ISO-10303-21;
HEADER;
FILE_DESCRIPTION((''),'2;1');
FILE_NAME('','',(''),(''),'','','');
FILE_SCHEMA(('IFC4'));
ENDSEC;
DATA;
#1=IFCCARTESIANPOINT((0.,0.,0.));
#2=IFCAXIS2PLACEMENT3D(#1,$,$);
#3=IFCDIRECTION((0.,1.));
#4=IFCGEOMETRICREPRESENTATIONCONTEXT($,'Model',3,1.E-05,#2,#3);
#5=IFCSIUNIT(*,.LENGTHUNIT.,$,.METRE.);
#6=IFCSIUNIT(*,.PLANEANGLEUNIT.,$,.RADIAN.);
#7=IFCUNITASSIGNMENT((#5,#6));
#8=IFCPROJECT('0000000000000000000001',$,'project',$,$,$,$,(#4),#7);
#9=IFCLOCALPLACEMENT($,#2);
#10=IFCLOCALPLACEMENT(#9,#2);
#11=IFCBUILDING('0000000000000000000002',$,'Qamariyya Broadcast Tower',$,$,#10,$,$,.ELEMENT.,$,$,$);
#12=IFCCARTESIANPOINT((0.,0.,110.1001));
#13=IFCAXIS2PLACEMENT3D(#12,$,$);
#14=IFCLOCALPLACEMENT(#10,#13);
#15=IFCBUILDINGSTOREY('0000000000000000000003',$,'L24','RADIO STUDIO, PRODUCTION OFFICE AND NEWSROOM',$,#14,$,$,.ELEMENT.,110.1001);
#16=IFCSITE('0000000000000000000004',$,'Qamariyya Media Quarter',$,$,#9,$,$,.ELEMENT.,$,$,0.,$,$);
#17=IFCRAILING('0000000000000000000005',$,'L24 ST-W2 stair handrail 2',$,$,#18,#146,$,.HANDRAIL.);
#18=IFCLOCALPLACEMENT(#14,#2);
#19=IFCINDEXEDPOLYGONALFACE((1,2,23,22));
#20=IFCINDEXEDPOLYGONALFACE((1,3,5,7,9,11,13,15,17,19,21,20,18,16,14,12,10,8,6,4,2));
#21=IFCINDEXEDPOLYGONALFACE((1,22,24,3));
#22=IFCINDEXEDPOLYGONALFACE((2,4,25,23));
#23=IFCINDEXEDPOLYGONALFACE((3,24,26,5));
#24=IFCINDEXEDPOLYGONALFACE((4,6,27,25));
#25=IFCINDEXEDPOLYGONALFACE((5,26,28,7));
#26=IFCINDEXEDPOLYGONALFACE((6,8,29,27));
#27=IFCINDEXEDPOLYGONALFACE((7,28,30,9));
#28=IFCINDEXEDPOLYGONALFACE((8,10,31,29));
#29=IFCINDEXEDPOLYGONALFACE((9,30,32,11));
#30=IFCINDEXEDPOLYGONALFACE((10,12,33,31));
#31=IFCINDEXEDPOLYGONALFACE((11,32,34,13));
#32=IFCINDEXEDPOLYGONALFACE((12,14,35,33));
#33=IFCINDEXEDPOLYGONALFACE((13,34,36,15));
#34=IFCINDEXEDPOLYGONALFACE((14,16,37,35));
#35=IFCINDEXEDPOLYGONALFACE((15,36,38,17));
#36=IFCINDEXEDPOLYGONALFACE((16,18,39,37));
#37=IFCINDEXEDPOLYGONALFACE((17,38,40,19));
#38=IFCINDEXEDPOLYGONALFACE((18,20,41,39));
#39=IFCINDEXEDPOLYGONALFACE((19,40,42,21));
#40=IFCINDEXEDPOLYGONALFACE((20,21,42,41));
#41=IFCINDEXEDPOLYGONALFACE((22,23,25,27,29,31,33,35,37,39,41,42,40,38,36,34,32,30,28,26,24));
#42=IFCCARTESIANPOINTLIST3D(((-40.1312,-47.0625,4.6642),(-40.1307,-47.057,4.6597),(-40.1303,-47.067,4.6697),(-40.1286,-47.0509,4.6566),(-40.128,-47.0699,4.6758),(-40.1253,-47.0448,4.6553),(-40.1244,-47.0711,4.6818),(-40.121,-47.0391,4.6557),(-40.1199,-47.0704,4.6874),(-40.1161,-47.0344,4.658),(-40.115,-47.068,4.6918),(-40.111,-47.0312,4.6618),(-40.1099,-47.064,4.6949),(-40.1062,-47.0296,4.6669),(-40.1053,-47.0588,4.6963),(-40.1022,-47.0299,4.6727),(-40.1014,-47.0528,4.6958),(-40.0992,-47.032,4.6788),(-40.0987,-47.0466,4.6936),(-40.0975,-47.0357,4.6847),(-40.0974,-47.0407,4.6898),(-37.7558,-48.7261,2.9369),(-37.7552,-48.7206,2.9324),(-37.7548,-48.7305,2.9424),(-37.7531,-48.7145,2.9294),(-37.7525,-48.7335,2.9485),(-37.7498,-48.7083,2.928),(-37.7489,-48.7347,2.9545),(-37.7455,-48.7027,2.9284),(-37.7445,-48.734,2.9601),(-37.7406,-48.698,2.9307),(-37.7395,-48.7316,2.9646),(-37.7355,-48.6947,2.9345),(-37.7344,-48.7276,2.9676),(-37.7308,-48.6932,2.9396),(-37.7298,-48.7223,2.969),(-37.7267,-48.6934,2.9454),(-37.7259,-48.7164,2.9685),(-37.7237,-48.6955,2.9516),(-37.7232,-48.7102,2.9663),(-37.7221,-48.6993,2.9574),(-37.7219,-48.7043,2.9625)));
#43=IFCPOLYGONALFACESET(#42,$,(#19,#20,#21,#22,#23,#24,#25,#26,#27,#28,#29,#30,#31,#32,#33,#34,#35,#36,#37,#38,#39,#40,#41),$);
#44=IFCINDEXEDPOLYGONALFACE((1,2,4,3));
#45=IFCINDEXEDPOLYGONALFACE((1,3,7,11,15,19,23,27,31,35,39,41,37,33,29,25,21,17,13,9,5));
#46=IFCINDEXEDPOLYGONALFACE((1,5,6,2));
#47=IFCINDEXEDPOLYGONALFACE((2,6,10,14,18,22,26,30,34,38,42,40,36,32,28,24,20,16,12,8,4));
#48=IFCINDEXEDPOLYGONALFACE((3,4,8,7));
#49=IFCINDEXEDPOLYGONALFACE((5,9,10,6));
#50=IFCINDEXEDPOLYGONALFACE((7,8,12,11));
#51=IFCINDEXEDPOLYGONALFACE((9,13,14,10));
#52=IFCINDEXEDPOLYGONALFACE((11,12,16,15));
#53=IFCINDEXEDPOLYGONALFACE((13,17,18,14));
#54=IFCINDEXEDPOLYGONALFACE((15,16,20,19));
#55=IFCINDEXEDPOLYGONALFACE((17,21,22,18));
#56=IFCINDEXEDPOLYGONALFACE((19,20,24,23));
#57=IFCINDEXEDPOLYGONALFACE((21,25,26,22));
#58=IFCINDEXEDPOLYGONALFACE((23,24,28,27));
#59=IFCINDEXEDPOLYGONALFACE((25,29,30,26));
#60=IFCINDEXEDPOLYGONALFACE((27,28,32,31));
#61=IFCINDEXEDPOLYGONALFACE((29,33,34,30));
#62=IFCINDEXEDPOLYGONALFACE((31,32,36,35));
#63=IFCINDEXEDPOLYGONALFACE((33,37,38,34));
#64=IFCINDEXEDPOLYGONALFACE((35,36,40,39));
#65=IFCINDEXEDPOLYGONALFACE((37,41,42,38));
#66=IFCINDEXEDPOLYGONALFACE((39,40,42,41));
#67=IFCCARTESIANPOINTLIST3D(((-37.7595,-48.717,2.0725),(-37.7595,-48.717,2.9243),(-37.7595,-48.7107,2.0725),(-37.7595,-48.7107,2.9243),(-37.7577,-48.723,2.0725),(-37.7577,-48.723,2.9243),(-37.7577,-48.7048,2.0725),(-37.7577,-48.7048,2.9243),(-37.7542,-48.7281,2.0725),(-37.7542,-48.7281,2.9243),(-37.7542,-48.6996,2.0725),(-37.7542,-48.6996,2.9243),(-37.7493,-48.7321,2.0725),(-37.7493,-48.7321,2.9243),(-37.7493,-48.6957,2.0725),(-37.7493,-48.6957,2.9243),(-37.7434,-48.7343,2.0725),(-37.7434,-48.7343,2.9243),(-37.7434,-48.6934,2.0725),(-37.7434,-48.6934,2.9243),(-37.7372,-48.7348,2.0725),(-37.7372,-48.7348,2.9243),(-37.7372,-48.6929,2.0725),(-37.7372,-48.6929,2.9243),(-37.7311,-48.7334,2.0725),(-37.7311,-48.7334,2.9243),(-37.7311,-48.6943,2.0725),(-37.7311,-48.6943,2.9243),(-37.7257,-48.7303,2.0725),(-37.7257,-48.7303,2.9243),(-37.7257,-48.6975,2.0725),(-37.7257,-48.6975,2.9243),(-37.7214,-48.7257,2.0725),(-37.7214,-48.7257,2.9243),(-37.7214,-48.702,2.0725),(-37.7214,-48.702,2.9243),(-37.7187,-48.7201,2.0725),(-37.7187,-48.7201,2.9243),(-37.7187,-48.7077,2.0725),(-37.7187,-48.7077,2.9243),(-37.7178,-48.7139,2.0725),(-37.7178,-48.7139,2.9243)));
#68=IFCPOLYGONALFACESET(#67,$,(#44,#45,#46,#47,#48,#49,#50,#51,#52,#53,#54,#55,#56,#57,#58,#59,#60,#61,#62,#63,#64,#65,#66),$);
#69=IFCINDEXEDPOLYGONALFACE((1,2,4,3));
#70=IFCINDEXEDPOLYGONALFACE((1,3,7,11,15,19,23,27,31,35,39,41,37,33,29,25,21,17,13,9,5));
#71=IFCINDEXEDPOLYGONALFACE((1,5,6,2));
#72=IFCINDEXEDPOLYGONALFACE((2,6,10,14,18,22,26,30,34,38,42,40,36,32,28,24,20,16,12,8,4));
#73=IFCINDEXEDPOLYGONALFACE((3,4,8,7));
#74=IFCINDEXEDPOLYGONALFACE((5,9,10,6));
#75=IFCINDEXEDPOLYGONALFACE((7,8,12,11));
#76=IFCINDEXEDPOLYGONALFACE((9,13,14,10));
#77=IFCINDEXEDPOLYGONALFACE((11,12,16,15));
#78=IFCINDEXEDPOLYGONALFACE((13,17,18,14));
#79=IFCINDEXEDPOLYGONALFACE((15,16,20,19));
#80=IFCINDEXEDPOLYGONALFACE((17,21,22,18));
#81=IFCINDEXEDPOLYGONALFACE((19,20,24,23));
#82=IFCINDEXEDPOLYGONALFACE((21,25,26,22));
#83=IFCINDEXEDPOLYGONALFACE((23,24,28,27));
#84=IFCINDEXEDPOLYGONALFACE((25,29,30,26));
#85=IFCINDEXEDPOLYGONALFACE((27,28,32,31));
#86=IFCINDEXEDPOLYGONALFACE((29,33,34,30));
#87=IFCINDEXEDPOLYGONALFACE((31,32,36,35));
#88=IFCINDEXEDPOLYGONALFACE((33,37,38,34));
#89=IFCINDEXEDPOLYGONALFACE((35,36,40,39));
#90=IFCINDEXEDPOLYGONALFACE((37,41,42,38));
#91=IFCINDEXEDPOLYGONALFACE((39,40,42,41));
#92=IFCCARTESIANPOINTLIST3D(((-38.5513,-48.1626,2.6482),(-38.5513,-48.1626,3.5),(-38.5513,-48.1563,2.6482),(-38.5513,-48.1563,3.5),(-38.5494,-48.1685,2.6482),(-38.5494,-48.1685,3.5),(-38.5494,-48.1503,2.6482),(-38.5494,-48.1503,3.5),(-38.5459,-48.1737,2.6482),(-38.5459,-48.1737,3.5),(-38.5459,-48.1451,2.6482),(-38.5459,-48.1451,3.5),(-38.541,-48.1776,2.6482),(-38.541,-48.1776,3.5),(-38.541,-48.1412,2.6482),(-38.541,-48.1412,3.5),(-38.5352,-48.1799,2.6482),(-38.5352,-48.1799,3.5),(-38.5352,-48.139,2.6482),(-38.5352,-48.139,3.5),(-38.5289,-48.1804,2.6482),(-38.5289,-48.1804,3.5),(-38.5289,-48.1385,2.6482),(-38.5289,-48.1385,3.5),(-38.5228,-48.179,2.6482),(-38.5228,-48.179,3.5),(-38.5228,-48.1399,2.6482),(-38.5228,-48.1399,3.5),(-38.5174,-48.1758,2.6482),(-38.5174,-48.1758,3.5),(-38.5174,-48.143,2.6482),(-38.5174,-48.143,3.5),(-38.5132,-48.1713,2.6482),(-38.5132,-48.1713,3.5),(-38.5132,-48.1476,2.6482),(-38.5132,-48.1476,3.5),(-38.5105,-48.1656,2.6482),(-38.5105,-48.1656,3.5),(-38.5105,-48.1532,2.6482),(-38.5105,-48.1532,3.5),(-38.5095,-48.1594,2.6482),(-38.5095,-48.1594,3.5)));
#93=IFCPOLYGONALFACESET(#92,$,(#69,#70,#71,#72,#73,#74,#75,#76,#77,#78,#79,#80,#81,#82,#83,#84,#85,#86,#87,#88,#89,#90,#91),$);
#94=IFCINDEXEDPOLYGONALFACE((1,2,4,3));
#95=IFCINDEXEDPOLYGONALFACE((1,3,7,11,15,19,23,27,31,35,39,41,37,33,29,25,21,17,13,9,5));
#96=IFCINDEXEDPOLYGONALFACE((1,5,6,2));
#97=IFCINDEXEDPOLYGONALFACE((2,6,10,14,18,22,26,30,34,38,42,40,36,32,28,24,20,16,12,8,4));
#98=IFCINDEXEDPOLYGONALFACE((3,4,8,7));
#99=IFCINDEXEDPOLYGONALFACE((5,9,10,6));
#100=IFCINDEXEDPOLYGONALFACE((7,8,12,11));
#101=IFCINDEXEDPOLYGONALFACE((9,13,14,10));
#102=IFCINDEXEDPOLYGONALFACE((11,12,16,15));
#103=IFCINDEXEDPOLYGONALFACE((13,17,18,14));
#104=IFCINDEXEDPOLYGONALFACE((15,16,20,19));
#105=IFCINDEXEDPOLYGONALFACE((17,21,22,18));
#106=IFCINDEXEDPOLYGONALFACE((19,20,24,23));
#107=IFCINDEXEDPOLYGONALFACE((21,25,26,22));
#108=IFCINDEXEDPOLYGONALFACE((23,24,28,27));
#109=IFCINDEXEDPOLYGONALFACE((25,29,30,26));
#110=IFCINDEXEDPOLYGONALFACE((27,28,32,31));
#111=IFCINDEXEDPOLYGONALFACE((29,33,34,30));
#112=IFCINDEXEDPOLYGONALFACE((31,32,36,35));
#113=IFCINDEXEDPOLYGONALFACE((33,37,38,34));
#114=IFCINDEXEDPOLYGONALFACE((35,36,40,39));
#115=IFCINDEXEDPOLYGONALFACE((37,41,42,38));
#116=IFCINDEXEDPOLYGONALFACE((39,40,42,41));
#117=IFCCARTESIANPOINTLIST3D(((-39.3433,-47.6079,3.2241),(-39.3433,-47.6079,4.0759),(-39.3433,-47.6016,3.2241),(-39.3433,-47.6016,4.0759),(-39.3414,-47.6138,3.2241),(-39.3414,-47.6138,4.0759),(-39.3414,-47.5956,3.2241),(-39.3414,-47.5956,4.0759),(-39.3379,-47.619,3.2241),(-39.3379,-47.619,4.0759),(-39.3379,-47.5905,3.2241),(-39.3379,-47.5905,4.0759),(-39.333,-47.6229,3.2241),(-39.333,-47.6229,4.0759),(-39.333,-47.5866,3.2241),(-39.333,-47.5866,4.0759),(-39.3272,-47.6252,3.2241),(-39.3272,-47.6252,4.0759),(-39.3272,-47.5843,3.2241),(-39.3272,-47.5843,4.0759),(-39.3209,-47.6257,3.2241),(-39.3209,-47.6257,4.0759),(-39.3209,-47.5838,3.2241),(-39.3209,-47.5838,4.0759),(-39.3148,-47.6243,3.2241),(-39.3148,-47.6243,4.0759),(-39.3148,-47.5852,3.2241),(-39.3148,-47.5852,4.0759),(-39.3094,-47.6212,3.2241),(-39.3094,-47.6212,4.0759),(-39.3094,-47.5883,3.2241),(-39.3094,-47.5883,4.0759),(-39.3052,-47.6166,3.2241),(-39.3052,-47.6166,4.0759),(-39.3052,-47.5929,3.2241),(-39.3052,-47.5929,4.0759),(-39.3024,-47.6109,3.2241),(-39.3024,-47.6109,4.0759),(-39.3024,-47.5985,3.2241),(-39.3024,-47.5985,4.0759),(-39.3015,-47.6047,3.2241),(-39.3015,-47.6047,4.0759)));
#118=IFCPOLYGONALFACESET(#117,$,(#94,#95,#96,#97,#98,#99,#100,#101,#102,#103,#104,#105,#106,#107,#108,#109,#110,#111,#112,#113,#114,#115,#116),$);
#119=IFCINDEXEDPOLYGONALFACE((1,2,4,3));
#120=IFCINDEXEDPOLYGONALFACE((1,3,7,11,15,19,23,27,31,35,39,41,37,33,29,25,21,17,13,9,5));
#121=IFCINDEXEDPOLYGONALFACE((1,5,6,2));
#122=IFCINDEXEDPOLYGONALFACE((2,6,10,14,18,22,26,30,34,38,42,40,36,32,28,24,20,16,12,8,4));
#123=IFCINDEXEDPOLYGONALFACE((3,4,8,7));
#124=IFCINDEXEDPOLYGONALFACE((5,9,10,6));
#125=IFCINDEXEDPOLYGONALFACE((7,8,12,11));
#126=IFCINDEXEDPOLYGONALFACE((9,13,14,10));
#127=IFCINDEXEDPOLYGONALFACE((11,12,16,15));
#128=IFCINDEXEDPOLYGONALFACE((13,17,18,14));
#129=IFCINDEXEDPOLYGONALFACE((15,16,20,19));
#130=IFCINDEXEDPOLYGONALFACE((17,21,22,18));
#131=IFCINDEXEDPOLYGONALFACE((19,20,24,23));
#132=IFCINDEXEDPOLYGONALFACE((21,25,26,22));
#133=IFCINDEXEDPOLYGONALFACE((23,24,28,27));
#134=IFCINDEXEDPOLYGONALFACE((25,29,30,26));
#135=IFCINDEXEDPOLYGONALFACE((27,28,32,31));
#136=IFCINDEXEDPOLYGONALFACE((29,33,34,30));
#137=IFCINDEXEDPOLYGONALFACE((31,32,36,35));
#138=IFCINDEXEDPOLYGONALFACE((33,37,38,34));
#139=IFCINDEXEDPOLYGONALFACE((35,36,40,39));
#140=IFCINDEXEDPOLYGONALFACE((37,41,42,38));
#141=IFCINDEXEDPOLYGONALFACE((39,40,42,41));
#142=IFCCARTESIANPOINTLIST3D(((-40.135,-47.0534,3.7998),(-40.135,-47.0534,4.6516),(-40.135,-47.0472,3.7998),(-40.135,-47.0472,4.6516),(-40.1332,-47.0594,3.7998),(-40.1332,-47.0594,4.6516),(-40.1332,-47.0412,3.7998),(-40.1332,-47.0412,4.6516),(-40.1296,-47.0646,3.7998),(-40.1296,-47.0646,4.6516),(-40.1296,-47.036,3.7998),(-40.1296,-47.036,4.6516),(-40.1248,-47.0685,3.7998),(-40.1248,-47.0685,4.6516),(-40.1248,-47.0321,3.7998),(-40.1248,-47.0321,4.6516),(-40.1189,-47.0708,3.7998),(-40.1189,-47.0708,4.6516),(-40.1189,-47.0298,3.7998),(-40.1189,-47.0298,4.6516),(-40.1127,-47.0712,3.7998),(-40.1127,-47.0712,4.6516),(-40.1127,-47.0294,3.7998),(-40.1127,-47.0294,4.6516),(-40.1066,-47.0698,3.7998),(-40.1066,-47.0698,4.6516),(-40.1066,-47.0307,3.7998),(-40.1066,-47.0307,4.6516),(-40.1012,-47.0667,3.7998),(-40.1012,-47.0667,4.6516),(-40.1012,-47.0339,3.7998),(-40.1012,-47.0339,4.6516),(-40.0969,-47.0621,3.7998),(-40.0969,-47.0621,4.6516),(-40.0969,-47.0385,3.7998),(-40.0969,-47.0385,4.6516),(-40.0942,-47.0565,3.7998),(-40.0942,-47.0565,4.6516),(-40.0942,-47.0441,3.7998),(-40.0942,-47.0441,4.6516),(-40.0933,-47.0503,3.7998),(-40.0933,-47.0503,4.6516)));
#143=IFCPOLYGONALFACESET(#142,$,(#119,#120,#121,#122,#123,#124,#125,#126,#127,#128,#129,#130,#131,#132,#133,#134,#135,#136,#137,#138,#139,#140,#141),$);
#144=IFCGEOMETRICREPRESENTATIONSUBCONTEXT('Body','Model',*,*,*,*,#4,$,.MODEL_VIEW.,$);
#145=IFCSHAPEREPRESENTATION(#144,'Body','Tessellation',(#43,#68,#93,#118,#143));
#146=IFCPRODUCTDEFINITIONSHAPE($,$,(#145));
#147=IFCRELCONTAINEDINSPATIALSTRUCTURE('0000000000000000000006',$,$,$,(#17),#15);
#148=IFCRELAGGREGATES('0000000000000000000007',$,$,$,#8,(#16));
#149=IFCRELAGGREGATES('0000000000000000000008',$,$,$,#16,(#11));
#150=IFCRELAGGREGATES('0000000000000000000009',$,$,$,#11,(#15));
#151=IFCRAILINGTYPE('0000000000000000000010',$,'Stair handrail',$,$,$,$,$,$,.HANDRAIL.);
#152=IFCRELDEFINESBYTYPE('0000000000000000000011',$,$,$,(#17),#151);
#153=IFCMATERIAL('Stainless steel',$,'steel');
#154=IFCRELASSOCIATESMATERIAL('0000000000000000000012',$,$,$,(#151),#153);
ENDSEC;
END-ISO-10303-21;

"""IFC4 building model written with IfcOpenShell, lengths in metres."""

from ifc_helpers import new_model, si_unit, direction, frame, origin, origin_2d, place, context, subcontext, project, spatial, circle, extrude, material, type_object, element, save


model = new_model("IFC4")

# Units and contexts
model_context = context("Model", 3, precision=1e-05, world=origin(), true_north=direction((0.0, 1.0)))
body_context = subcontext(model_context, "Body", "Model", "MODEL_VIEW")
ifc_project = project(units=[si_unit("LENGTHUNIT", "METRE"), si_unit("PLANEANGLEUNIT", "RADIAN")], contexts=[model_context])

# Site, building, storey
site_placement = place(None, origin())
site = spatial("IfcSite", under=ifc_project, at=site_placement, Name="Qamariyya Media Quarter", CompositionType="ELEMENT", RefElevation=0.0)
building_placement = place(site_placement, origin())
building = spatial("IfcBuilding", under=site, at=building_placement, Name="Qamariyya Broadcast Tower", CompositionType="ELEMENT")
storey_placement = place(building_placement, frame((0.0, 0.0, 110.1001)))
storey = spatial("IfcBuildingStorey", under=building, at=storey_placement, Name="L24", Description="RADIO STUDIO, PRODUCTION OFFICE AND NEWSROOM", CompositionType="ELEMENT", Elevation=110.1001)

# Railing
ifc_material_1 = material(Name="Stainless steel", Category="steel")
railing_type = type_object("IfcRailingType", Name="Stair handrail", PredefinedType="HANDRAIL", material=ifc_material_1)
railing_placement = place(storey_placement, frame((-37.7388, -48.7139, 2.0725)))
element("IfcRailing", 1, at=railing_placement, inside=storey, type_object=railing_type, Name="L24 ST-W2 stair handrail 2", PredefinedType="HANDRAIL", context=body_context, shape_type="SweptSolid", body=[
    extrude(circle(Radius=0.0239, at=origin_2d()), frame((0.0, 0.0, 0.876), z_axis=(-0.703745, 0.492838, 0.511716), x_axis=(-0.573632, -0.819113, 0.0)), (0.0, 0.0, 1.0), 3.3755),
    extrude(circle(Radius=0.021, at=origin_2d()), origin(), (0.0, 0.0, 1.0), 0.8518),
    extrude(circle(Radius=0.021, at=origin_2d()), frame((-0.7917, 0.5544, 0.5757)), (0.0, 0.0, 1.0), 0.8518),
    extrude(circle(Radius=0.021, at=origin_2d()), frame((-1.5837, 1.1091, 1.1516)), (0.0, 0.0, 1.0), 0.8518),
    extrude(circle(Radius=0.021, at=origin_2d()), frame((-2.3755, 1.6636, 1.7273)), (0.0, 0.0, 1.0), 0.8518),
])

save(model, "model.ifc")
